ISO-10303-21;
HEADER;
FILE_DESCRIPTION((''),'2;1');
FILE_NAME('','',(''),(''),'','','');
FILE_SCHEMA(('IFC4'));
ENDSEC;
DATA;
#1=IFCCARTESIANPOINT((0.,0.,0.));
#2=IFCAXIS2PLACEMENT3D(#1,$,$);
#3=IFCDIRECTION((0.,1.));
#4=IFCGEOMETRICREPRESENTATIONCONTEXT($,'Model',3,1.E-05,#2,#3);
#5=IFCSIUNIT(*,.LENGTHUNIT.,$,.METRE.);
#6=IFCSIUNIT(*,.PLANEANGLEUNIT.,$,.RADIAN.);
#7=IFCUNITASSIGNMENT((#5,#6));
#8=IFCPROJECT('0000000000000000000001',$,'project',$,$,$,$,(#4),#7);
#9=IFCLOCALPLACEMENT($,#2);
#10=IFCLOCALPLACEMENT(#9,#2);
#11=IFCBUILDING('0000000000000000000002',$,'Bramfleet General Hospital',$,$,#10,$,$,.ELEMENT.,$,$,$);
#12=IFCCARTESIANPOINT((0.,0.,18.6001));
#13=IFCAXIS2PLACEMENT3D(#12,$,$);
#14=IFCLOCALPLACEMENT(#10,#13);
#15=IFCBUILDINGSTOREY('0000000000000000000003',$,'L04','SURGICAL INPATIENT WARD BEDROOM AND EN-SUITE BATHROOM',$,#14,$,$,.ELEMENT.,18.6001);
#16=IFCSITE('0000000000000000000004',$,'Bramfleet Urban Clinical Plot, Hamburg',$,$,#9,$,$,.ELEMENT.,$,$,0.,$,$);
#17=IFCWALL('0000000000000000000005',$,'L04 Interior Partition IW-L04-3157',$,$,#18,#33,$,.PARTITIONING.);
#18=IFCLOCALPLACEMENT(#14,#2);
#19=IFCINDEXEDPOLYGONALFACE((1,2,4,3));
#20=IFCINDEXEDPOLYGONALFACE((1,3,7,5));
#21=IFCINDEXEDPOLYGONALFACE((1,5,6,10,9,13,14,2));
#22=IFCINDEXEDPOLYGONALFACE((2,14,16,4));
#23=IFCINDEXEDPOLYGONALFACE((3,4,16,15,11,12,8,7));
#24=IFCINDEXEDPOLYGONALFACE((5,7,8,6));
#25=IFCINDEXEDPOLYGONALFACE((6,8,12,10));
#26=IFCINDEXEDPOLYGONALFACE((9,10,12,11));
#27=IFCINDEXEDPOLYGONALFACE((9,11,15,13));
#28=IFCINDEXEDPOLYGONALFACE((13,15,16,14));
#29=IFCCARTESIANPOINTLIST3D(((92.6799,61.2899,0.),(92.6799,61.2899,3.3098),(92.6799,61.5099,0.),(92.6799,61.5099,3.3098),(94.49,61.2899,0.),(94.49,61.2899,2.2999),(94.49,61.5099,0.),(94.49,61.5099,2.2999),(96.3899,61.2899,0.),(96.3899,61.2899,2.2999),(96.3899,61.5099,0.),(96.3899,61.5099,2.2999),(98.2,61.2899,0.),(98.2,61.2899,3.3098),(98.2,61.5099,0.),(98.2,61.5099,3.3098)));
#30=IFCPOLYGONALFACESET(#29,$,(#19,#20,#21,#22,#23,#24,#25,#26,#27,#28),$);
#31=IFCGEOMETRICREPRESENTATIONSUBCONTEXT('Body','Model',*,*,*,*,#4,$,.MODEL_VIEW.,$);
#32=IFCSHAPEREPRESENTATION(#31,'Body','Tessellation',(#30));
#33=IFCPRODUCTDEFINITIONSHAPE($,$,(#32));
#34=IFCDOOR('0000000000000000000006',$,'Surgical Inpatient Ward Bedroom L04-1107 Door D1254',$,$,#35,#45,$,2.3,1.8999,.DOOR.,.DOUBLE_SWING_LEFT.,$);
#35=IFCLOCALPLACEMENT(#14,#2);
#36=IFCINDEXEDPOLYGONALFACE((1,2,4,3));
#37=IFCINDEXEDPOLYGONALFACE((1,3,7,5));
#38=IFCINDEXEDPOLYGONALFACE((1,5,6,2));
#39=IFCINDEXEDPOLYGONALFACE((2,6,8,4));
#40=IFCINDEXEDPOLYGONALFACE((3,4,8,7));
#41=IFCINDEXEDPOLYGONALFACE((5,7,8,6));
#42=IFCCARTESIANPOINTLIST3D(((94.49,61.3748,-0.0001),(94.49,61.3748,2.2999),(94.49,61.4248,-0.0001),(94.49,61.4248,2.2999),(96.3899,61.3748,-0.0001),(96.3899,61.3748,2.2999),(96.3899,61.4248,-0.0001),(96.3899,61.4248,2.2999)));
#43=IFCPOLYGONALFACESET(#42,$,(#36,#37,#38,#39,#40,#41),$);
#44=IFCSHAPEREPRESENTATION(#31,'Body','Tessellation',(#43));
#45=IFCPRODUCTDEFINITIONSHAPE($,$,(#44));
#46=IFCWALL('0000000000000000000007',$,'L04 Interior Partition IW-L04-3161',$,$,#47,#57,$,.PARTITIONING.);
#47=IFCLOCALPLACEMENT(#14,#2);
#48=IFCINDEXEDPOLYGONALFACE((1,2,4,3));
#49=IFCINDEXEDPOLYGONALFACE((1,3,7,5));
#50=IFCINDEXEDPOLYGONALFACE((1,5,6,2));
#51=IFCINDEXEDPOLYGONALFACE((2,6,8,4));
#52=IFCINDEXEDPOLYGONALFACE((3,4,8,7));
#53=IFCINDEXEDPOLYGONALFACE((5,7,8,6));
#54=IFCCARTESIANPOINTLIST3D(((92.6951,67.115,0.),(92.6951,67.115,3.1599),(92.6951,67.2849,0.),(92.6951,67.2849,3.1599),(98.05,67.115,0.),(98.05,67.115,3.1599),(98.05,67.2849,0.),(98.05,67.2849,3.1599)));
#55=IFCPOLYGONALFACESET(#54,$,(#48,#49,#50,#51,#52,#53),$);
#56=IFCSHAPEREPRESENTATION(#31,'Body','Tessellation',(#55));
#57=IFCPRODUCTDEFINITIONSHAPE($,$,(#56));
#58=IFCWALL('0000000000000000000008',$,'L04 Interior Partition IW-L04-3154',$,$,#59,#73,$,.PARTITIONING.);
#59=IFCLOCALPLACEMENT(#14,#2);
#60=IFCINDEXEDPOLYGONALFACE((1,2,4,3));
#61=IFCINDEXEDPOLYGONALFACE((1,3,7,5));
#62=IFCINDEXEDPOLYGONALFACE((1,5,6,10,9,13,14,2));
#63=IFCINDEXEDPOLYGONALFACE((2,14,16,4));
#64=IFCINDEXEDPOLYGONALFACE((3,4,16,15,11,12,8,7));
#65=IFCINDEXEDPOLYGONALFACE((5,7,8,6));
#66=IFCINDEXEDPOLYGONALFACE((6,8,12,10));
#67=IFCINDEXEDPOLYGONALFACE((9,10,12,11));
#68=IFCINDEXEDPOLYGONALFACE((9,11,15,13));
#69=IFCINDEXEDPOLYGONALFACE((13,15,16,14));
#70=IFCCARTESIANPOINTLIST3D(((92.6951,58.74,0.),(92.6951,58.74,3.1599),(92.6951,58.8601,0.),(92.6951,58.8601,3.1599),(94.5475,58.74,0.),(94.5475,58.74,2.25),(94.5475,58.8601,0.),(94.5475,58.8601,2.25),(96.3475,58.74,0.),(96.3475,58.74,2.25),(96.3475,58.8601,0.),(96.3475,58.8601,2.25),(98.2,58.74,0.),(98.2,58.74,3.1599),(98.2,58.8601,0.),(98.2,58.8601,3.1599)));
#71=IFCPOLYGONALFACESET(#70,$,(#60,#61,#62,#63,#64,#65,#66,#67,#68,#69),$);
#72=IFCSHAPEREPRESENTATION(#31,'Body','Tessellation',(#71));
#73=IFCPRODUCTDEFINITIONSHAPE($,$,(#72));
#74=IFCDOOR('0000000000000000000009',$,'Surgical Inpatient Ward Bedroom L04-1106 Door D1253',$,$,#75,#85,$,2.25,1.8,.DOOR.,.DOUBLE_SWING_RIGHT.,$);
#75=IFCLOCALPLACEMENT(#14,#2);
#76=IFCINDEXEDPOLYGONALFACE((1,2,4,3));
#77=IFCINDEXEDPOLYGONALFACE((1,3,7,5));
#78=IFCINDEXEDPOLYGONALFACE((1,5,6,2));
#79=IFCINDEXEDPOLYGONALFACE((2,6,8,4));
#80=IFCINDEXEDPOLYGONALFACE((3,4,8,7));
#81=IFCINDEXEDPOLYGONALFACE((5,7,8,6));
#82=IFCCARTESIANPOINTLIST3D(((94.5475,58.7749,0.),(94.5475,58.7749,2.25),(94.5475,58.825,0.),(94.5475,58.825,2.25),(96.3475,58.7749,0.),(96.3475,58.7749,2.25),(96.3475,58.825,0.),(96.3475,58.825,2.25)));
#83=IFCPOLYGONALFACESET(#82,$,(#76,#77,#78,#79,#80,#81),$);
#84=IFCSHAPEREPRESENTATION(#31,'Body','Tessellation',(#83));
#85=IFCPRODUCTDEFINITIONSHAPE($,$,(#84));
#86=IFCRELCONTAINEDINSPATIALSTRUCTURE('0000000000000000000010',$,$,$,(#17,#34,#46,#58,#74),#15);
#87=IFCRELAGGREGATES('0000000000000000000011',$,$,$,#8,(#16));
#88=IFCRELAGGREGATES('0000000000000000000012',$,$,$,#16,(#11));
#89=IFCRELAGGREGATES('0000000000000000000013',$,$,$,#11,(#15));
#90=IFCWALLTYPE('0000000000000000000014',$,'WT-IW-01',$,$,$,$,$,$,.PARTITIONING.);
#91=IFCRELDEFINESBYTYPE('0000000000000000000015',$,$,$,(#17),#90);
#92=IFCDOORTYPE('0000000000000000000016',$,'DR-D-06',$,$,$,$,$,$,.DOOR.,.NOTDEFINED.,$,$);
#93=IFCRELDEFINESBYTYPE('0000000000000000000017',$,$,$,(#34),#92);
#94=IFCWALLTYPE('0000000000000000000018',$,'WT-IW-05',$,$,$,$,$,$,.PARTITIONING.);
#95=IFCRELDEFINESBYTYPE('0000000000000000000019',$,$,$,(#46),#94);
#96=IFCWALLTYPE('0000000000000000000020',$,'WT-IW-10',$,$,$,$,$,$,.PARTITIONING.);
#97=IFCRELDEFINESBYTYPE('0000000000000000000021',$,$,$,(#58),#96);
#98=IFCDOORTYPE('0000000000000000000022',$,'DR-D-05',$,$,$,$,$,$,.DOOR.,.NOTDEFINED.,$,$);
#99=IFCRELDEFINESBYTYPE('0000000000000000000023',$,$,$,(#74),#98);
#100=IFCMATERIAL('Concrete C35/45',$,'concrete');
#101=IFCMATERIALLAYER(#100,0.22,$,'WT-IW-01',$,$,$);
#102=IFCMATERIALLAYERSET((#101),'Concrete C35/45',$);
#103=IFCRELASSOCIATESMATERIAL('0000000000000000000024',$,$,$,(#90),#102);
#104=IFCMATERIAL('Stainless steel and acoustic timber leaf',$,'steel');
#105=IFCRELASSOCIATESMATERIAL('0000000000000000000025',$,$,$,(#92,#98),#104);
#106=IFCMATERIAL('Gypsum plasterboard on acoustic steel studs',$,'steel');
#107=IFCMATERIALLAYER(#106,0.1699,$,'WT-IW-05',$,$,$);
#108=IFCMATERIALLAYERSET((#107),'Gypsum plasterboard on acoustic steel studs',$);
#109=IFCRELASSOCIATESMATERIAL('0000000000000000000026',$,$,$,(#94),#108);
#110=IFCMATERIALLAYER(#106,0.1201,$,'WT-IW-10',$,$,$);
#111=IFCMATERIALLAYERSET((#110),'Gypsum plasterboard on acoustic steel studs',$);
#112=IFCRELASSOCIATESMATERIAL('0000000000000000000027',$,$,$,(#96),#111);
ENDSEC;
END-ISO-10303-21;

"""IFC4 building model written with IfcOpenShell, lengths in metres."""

from ifc_helpers import new_model, si_unit, direction, frame, frame_2d, origin, place, context, subcontext, project, spatial, rectangle, extrude, material, layer, layer_set, type_object, element, fill, save


model = new_model("IFC4")

# Units and contexts
model_context = context("Model", 3, precision=1e-05, world=origin(), true_north=direction((0.0, 1.0)))
body_context = subcontext(model_context, "Body", "Model", "MODEL_VIEW")
ifc_project = project(units=[si_unit("LENGTHUNIT", "METRE"), si_unit("PLANEANGLEUNIT", "RADIAN")], contexts=[model_context])

# Site, building, storey
site_placement = place(None, origin())
site = spatial("IfcSite", under=ifc_project, at=site_placement, Name="Bramfleet Urban Clinical Plot, Hamburg", CompositionType="ELEMENT", RefElevation=0.0)
building_placement = place(site_placement, origin())
building = spatial("IfcBuilding", under=site, at=building_placement, Name="Bramfleet General Hospital", CompositionType="ELEMENT")
storey_placement = place(building_placement, frame((0.0, 0.0, 18.6001)))
storey = spatial("IfcBuildingStorey", under=building, at=storey_placement, Name="L04", Description="SURGICAL INPATIENT WARD BEDROOM AND EN-SUITE BATHROOM", CompositionType="ELEMENT", Elevation=18.6001)

# Wall, opening, door
ifc_material_1 = material(Name="Concrete C35/45", Category="concrete")
ifc_layer_1 = layer(ifc_material_1, 0.22, Name="WT-IW-01")
ifc_layer_set_1 = layer_set([ifc_layer_1], Name="Concrete C35/45")
wall_type_1 = type_object("IfcWallType", Name="WT-IW-01", PredefinedType="PARTITIONING", material=ifc_layer_set_1)
wall_1_placement = place(storey_placement, frame((92.6799, 61.3999, 0.0), z_axis=(0.0, 0.0, 1.0), x_axis=(1.0, 0.0, 0.0)))
wall_1 = element("IfcWall", 1, at=wall_1_placement, inside=storey, type_object=wall_type_1, Name="L04 Interior Partition IW-L04-3157", PredefinedType="PARTITIONING", context=body_context, shape_type="SweptSolid", body=[
    extrude(rectangle(XDim=5.52, YDim=0.22, at=frame_2d((2.76, 0.0))), origin(), (0.0, 0.0, 1.0), 3.3098),
])
opening_1_placement = place(wall_1_placement, frame((1.8101, 0.0, 0.0)))
opening_1 = element("IfcOpeningElement", 2, at=opening_1_placement, cuts=wall_1, PredefinedType="OPENING", context=body_context, shape_type="SweptSolid", body=[
    extrude(rectangle(XDim=1.8999, YDim=2.3, at=frame_2d((0.95, 1.1499))), frame((0.0, 0.1199, 0.0), z_axis=(0.0, -1.0, 0.0), x_axis=(1.0, 0.0, 0.0)), (0.0, 0.0, 1.0), 0.24),
])
ifc_material_2 = material(Name="Stainless steel and acoustic timber leaf", Category="steel")
door_type_1 = type_object("IfcDoorType", Name="DR-D-06", OperationType="NOTDEFINED", PredefinedType="DOOR", material=ifc_material_2)
door_1_placement = place(opening_1_placement, origin())
door_1 = element("IfcDoor", 3, at=door_1_placement, inside=storey, type_object=door_type_1, Name="Surgical Inpatient Ward Bedroom L04-1107 Door D1254", OperationType="DOUBLE_SWING_LEFT", OverallHeight=2.3, OverallWidth=1.8999, PredefinedType="DOOR", context=body_context, shape_type="SweptSolid", body=[
    extrude(rectangle(XDim=1.8999, YDim=2.3, at=frame_2d((0.95, 1.1499))), frame((0.0, 0.0249, 0.0), z_axis=(0.0, -1.0, 0.0), x_axis=(1.0, 0.0, 0.0)), (0.0, 0.0, 1.0), 0.05),
])
fill(opening_1, door_1)

# Wall
ifc_material_3 = material(Name="Gypsum plasterboard on acoustic steel studs", Category="steel")
ifc_layer_2 = layer(ifc_material_3, 0.1699, Name="WT-IW-05")
ifc_layer_set_2 = layer_set([ifc_layer_2], Name="Gypsum plasterboard on acoustic steel studs")
wall_type_2 = type_object("IfcWallType", Name="WT-IW-05", PredefinedType="PARTITIONING", material=ifc_layer_set_2)
wall_2_placement = place(storey_placement, frame((92.6951, 67.2, 0.0), z_axis=(0.0, 0.0, 1.0), x_axis=(1.0, 0.0, 0.0)))
element("IfcWall", 4, at=wall_2_placement, inside=storey, type_object=wall_type_2, Name="L04 Interior Partition IW-L04-3161", PredefinedType="PARTITIONING", context=body_context, shape_type="SweptSolid", body=[
    extrude(rectangle(XDim=5.355, YDim=0.1699, at=frame_2d((2.6775, 0.0))), origin(), (0.0, 0.0, 1.0), 3.1599),
])

# Wall, opening, door
ifc_layer_3 = layer(ifc_material_3, 0.1201, Name="WT-IW-10")
ifc_layer_set_3 = layer_set([ifc_layer_3], Name="Gypsum plasterboard on acoustic steel studs")
wall_type_3 = type_object("IfcWallType", Name="WT-IW-10", PredefinedType="PARTITIONING", material=ifc_layer_set_3)
wall_3_placement = place(storey_placement, frame((92.6951, 58.8, 0.0), z_axis=(0.0, 0.0, 1.0), x_axis=(1.0, 0.0, 0.0)))
wall_3 = element("IfcWall", 5, at=wall_3_placement, inside=storey, type_object=wall_type_3, Name="L04 Interior Partition IW-L04-3154", PredefinedType="PARTITIONING", context=body_context, shape_type="SweptSolid", body=[
    extrude(rectangle(XDim=5.5049, YDim=0.1201, at=frame_2d((2.7524, 0.0))), origin(), (0.0, 0.0, 1.0), 3.1599),
])
opening_2_placement = place(wall_3_placement, frame((1.8525, 0.0, 0.0)))
opening_2 = element("IfcOpeningElement", 6, at=opening_2_placement, cuts=wall_3, PredefinedType="OPENING", context=body_context, shape_type="SweptSolid", body=[
    extrude(rectangle(XDim=1.8, YDim=2.25, at=frame_2d((0.8999, 1.125))), frame((0.0, 0.0701, 0.0), z_axis=(0.0, -1.0, 0.0), x_axis=(1.0, 0.0, 0.0)), (0.0, 0.0, 1.0), 0.1401),
])
door_type_2 = type_object("IfcDoorType", Name="DR-D-05", OperationType="NOTDEFINED", PredefinedType="DOOR", material=ifc_material_2)
door_2_placement = place(opening_2_placement, origin())
door_2 = element("IfcDoor", 7, at=door_2_placement, inside=storey, type_object=door_type_2, Name="Surgical Inpatient Ward Bedroom L04-1106 Door D1253", OperationType="DOUBLE_SWING_RIGHT", OverallHeight=2.25, OverallWidth=1.8, PredefinedType="DOOR", context=body_context, shape_type="SweptSolid", body=[
    extrude(rectangle(XDim=1.8, YDim=2.25, at=frame_2d((0.8999, 1.125))), frame((0.0, 0.0249, 0.0), z_axis=(0.0, -1.0, 0.0), x_axis=(1.0, 0.0, 0.0)), (0.0, 0.0, 1.0), 0.05),
])
fill(opening_2, door_2)

save(model, "model.ifc")
